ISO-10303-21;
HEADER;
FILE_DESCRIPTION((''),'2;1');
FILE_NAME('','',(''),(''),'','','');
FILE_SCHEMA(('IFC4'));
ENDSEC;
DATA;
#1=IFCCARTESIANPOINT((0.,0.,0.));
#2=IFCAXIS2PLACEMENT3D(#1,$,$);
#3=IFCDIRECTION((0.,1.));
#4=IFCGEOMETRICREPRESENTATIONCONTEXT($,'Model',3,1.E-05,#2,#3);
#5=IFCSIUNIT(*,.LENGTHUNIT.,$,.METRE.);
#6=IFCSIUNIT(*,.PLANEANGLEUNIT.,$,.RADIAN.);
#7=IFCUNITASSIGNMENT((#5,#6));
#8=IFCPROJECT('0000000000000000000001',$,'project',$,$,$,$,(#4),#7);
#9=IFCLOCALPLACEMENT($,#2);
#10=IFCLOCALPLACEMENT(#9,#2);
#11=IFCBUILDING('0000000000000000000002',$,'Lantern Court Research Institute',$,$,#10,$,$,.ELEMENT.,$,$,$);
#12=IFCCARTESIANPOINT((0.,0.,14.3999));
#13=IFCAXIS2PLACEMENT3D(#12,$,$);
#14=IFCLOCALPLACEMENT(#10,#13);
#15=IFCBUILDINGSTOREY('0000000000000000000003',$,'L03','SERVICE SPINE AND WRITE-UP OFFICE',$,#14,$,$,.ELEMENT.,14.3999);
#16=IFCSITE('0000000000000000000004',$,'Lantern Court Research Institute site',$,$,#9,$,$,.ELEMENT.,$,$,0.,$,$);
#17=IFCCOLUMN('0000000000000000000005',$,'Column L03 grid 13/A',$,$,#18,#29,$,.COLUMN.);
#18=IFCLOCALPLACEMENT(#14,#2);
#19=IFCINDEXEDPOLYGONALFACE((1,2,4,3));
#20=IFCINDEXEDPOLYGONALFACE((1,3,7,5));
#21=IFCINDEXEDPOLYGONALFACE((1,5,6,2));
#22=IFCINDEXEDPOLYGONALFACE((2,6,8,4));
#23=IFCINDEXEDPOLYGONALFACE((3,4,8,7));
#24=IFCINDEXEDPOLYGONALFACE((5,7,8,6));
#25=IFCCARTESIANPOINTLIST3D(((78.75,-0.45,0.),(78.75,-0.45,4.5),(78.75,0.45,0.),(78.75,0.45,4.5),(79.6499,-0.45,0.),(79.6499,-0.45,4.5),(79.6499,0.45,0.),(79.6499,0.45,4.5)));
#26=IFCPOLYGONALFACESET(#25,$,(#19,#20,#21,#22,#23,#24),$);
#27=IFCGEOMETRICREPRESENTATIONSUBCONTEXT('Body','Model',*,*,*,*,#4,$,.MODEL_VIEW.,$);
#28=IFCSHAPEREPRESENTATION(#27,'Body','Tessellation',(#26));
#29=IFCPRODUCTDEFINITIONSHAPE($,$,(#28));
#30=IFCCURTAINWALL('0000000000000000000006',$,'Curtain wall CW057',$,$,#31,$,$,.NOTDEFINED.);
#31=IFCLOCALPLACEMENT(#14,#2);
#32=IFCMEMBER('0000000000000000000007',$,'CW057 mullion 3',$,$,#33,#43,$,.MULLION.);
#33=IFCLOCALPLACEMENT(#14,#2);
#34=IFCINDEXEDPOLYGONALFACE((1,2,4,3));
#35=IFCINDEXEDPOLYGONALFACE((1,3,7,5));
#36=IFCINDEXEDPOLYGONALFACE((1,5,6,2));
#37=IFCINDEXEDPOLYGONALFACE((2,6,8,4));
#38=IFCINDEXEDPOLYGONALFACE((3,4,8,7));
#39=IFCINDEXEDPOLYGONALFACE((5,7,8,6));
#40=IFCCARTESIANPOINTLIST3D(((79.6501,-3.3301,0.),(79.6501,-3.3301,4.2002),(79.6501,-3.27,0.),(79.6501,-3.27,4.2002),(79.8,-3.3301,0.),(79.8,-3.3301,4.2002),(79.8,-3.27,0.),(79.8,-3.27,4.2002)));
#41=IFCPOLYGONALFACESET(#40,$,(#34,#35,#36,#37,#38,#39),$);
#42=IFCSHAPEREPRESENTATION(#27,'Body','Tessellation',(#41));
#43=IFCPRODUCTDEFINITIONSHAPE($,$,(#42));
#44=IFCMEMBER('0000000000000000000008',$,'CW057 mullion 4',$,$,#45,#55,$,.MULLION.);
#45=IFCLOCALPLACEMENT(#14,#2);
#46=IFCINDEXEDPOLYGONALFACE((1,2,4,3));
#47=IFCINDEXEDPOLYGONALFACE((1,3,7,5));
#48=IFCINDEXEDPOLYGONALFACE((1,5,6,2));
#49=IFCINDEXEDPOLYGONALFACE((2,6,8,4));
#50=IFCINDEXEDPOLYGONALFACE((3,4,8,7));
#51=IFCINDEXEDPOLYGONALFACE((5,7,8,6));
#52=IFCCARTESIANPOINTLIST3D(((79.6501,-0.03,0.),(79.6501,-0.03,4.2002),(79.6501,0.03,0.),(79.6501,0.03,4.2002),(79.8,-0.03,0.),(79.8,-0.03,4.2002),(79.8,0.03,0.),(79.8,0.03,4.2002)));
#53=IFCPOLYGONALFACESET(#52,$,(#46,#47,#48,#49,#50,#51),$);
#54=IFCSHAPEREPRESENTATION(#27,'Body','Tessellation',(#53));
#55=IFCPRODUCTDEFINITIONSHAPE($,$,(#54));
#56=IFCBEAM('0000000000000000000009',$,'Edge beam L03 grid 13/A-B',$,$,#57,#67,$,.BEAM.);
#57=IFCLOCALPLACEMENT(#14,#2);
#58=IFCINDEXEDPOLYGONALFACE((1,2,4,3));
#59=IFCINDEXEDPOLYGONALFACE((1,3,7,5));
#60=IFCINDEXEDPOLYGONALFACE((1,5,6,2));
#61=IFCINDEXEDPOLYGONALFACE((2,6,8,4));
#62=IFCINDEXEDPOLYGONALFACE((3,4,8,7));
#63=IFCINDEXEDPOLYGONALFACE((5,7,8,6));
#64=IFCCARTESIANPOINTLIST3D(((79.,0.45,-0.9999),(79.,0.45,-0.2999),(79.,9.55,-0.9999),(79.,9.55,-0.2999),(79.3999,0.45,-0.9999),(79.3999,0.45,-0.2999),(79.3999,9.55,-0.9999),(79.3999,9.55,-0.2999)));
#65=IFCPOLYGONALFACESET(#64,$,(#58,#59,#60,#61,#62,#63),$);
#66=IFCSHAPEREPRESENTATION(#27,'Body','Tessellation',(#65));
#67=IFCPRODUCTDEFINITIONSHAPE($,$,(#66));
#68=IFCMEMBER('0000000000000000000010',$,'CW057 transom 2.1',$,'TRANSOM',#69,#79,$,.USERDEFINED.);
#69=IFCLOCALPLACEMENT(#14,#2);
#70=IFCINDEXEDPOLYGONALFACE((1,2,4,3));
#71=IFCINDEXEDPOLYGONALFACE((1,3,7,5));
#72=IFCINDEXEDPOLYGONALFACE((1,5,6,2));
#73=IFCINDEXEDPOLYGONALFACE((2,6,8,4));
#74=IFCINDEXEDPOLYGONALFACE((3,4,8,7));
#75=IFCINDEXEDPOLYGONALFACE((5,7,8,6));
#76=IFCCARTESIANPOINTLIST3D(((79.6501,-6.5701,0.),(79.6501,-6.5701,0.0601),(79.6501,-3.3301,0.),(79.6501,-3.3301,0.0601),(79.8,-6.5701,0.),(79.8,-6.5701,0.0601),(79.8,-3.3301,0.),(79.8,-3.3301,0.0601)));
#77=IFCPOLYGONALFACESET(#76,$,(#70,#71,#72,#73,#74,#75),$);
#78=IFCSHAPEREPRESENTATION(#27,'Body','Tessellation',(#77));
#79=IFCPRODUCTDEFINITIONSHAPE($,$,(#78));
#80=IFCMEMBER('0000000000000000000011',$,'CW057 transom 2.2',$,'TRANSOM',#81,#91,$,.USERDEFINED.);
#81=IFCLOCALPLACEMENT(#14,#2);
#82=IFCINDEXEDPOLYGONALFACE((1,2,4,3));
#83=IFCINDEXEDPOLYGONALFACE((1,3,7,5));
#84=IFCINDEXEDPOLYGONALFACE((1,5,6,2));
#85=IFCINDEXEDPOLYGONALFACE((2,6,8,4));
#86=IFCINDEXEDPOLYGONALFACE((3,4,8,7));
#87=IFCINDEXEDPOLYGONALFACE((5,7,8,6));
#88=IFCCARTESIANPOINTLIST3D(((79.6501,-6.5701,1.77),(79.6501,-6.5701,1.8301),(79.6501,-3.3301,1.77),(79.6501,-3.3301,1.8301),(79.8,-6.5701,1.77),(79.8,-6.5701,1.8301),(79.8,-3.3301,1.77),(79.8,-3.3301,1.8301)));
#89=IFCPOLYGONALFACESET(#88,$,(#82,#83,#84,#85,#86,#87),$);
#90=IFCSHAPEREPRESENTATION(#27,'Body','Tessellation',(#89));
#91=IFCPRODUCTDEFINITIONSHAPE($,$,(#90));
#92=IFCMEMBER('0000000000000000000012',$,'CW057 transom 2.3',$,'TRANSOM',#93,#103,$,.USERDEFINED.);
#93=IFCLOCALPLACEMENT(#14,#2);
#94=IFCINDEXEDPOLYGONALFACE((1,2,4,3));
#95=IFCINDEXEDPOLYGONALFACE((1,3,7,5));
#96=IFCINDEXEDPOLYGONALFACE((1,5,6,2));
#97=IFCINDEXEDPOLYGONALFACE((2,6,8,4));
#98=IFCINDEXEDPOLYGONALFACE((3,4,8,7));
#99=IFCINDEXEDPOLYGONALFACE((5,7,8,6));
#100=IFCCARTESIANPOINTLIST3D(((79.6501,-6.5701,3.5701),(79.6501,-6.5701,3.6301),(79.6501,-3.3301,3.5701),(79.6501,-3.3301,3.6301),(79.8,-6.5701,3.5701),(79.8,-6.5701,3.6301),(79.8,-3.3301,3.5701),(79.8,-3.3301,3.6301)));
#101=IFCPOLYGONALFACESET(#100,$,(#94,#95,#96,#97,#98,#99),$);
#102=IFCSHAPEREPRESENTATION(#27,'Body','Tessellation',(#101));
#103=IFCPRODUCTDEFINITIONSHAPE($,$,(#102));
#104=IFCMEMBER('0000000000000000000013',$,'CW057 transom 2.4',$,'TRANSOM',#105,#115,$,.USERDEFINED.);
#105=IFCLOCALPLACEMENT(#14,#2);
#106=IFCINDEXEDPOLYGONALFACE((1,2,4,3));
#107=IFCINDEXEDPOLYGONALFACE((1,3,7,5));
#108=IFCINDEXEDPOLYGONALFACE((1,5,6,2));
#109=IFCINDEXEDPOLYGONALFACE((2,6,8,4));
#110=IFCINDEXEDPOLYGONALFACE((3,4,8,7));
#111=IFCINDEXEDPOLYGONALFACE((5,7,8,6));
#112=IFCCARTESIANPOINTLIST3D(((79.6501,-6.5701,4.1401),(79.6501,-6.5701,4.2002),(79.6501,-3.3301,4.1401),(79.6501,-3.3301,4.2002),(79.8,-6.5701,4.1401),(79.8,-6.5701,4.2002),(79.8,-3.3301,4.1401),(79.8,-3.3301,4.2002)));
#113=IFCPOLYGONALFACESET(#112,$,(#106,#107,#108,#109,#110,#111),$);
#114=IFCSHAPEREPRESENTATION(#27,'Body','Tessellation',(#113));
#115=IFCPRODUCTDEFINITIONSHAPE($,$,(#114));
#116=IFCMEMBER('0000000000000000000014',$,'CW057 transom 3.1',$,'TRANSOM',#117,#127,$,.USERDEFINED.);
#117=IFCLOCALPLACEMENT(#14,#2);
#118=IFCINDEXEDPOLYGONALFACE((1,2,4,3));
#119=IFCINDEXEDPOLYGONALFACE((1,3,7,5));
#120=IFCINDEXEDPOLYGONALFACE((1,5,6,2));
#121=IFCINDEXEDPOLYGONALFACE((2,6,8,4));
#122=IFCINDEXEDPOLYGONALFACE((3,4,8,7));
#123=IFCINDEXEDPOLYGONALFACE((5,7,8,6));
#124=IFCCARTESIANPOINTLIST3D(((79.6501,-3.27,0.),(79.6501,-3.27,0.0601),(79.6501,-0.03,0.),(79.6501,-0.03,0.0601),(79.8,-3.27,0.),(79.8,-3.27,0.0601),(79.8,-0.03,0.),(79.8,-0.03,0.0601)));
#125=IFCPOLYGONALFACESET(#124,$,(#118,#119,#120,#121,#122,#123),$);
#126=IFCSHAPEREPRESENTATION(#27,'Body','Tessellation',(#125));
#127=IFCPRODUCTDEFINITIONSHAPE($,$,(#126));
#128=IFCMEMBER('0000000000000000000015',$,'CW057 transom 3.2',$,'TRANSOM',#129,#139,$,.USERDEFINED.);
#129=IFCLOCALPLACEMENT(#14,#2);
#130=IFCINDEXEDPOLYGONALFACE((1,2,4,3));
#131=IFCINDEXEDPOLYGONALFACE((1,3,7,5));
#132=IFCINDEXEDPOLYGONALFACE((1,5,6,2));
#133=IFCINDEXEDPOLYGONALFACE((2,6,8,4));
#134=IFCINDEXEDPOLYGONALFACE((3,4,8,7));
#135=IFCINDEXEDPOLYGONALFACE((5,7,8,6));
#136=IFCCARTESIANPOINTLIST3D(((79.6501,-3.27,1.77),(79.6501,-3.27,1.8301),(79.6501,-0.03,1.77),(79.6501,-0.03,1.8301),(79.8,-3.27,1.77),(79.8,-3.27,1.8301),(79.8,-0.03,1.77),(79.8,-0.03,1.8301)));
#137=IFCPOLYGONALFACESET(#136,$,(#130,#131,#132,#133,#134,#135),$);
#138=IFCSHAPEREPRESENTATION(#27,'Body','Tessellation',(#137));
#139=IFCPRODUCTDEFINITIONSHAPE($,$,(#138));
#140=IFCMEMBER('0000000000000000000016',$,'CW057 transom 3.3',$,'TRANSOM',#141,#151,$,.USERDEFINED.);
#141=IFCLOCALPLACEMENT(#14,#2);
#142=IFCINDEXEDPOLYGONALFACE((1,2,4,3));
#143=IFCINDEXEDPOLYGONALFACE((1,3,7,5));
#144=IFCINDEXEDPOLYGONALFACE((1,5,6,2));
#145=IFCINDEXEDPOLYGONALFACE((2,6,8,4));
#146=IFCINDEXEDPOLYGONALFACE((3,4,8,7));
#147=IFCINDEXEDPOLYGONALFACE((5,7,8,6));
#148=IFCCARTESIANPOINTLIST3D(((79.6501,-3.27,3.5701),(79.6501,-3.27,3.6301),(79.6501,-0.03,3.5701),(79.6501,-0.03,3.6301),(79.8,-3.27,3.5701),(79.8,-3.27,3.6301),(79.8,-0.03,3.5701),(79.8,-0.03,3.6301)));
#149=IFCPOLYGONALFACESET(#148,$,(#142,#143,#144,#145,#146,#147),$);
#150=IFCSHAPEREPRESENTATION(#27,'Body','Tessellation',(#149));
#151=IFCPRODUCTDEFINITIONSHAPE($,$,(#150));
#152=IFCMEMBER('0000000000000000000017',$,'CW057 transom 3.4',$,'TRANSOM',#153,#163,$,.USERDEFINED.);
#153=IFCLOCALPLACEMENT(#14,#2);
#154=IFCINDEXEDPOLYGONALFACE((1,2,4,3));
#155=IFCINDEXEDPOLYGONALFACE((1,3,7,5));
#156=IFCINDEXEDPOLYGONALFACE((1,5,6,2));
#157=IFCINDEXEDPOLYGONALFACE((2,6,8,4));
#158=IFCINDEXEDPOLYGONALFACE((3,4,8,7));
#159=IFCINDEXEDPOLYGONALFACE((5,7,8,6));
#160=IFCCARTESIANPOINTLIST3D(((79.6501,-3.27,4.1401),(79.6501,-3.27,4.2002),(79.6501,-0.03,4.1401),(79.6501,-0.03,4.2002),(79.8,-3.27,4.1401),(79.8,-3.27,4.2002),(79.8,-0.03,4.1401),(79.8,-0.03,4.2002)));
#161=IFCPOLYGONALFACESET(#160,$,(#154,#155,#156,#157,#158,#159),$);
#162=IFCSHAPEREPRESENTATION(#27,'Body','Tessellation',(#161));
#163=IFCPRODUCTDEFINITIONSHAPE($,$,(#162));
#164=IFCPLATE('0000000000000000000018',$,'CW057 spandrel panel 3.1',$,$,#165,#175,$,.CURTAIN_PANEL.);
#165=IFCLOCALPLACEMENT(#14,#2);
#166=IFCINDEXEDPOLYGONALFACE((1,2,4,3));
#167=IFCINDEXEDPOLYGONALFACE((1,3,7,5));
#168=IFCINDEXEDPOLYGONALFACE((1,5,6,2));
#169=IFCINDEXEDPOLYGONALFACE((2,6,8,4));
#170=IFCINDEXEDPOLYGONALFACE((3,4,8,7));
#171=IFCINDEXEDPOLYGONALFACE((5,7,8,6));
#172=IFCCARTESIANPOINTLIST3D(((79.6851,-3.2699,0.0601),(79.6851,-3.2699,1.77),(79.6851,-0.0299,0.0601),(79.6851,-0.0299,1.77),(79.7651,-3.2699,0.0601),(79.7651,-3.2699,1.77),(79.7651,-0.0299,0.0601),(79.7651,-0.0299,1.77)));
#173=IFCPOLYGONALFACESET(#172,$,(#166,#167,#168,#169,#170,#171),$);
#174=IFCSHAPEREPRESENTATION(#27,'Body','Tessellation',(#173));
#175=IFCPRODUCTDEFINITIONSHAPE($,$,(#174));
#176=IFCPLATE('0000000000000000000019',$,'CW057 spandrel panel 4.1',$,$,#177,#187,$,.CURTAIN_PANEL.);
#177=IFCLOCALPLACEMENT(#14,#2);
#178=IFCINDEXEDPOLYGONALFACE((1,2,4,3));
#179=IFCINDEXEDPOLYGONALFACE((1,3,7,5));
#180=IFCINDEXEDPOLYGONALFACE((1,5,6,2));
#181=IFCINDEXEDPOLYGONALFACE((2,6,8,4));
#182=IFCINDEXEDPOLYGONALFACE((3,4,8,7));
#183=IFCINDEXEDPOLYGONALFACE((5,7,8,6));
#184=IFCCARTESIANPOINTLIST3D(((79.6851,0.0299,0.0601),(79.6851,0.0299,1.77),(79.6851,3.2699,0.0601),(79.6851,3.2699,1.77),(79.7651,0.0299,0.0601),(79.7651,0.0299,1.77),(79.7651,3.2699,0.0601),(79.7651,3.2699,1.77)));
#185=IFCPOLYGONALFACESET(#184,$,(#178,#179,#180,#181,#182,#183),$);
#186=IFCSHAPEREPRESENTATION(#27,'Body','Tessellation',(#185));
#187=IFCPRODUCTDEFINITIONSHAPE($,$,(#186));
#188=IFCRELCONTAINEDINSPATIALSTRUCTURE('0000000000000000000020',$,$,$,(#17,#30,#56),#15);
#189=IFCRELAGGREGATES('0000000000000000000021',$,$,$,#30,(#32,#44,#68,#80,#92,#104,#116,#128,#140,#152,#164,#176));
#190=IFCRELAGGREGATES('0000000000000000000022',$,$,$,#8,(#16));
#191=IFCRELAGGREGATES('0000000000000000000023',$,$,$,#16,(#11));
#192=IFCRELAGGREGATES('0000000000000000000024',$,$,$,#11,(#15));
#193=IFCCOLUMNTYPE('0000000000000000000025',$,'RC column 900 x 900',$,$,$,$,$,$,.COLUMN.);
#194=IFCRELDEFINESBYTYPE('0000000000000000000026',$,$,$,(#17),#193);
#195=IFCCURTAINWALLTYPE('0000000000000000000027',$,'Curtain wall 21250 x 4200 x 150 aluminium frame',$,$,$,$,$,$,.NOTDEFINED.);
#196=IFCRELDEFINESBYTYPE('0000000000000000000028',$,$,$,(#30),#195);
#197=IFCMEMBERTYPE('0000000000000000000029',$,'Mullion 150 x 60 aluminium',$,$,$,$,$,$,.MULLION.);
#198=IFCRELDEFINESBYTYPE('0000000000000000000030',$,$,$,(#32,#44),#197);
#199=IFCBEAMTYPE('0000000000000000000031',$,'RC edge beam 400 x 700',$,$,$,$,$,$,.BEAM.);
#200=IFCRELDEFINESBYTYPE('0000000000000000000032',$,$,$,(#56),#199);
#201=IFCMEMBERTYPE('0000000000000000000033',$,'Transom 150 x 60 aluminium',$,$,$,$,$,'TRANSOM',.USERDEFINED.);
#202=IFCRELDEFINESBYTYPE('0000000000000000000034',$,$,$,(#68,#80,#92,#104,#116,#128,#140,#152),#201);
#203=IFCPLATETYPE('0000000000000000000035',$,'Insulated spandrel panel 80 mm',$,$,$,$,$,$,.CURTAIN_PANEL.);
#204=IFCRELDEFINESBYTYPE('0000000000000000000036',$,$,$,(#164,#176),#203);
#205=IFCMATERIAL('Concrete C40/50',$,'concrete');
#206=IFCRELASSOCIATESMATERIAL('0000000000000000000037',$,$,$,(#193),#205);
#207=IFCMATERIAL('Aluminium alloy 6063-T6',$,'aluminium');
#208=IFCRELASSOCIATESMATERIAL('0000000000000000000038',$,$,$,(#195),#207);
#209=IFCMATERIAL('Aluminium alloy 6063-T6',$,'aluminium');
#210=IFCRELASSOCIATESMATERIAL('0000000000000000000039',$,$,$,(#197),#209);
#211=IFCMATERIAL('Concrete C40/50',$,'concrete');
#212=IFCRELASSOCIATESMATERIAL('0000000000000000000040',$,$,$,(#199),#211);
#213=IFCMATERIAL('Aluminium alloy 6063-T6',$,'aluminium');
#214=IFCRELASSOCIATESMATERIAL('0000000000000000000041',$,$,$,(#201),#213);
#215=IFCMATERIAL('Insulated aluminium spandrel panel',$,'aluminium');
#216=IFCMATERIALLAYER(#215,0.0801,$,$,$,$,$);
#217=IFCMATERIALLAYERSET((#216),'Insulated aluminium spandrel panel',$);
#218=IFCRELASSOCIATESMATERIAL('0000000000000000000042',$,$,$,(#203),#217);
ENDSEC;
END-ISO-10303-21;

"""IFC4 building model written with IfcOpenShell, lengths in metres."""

from ifc_helpers import new_model, si_unit, direction, frame, origin, origin_2d, place, context, subcontext, project, spatial, rectangle, extrude, material, layer, layer_set, material_profile, profile_set, type_object, element, aggregate, save


model = new_model("IFC4")

# Units and contexts
model_context = context("Model", 3, precision=1e-05, world=origin(), true_north=direction((0.0, 1.0)))
body_context = subcontext(model_context, "Body", "Model", "MODEL_VIEW")
ifc_project = project(units=[si_unit("LENGTHUNIT", "METRE"), si_unit("PLANEANGLEUNIT", "RADIAN")], contexts=[model_context])

# Site, building, storey
site_placement = place(None, origin())
site = spatial("IfcSite", under=ifc_project, at=site_placement, Name="Lantern Court Research Institute site", CompositionType="ELEMENT", RefElevation=0.0)
building_placement = place(site_placement, origin())
building = spatial("IfcBuilding", under=site, at=building_placement, Name="Lantern Court Research Institute", CompositionType="ELEMENT")
storey_placement = place(building_placement, frame((0.0, 0.0, 14.3999)))
storey = spatial("IfcBuildingStorey", under=building, at=storey_placement, Name="L03", Description="SERVICE SPINE AND WRITE-UP OFFICE", CompositionType="ELEMENT", Elevation=14.3999)

# Column
ifc_material_1 = material(Name="Concrete C40/50", Category="concrete")
ifc_material_profile_1 = material_profile(ifc_material_1, rectangle(XDim=0.8999, YDim=0.8999, at=origin_2d()), Name="RC column 900 x 900")
ifc_profile_set_1 = profile_set([ifc_material_profile_1], Name="Concrete C40/50")
column_type = type_object("IfcColumnType", Name="RC column 900 x 900", PredefinedType="COLUMN", material=ifc_profile_set_1)
column_placement = place(storey_placement, frame((79.2, 0.0, 0.0), z_axis=(0.0, 0.0, 1.0), x_axis=(1.0, 0.0, 0.0)))
element("IfcColumn", 1, at=column_placement, inside=storey, type_object=column_type, Name="Column L03 grid 13/A", PredefinedType="COLUMN", context=body_context, shape_type="SweptSolid", body=[
    extrude(rectangle(XDim=0.8999, YDim=0.8999, at=origin_2d()), origin(), (0.0, 0.0, 1.0), 4.5),
])

# Curtain wall, members
ifc_material_2 = material(Name="Aluminium alloy 6063-T6", Category="aluminium")
curtain_wall_type = type_object("IfcCurtainWallType", Name="Curtain wall 21250 x 4200 x 150 aluminium frame", PredefinedType="NOTDEFINED", material=ifc_material_2)
curtain_wall_placement = place(storey_placement, origin())
curtain_wall = element("IfcCurtainWall", 2, at=curtain_wall_placement, inside=storey, type_object=curtain_wall_type, Name="Curtain wall CW057", PredefinedType="NOTDEFINED")
ifc_material_3 = material(Name="Aluminium alloy 6063-T6", Category="aluminium")
ifc_material_profile_2 = material_profile(ifc_material_3, rectangle(XDim=0.1499, YDim=0.0601, at=origin_2d()), Name="Mullion 150 x 60")
ifc_profile_set_2 = profile_set([ifc_material_profile_2], Name="Aluminium alloy 6063-T6")
member_type_1 = type_object("IfcMemberType", Name="Mullion 150 x 60 aluminium", PredefinedType="MULLION", material=ifc_profile_set_2)
member_1_placement = place(storey_placement, frame((79.7251, -3.3, 0.0), z_axis=(0.0, 0.0, 1.0), x_axis=(1.0, 0.0, 0.0)))
member_1 = element("IfcMember", 3, at=member_1_placement, type_object=member_type_1, Name="CW057 mullion 3", PredefinedType="MULLION", context=body_context, shape_type="SweptSolid", body=[
    extrude(rectangle(XDim=0.1499, YDim=0.0601, at=origin_2d()), origin(), (0.0, 0.0, 1.0), 4.2002),
])
member_2_placement = place(storey_placement, frame((79.7251, 0.0, 0.0), z_axis=(0.0, 0.0, 1.0), x_axis=(1.0, 0.0, 0.0)))
member_2 = element("IfcMember", 4, at=member_2_placement, type_object=member_type_1, Name="CW057 mullion 4", PredefinedType="MULLION", context=body_context, shape_type="SweptSolid", body=[
    extrude(rectangle(XDim=0.1499, YDim=0.0601, at=origin_2d()), origin(), (0.0, 0.0, 1.0), 4.2002),
])

# Beam
ifc_material_4 = material(Name="Concrete C40/50", Category="concrete")
ifc_material_profile_3 = material_profile(ifc_material_4, rectangle(XDim=0.3999, YDim=0.7, at=origin_2d()), Name="RC beam 400 x 700")
ifc_profile_set_3 = profile_set([ifc_material_profile_3], Name="Concrete C40/50")
beam_type = type_object("IfcBeamType", Name="RC edge beam 400 x 700", PredefinedType="BEAM", material=ifc_profile_set_3)
beam_placement = place(storey_placement, frame((79.2, 0.45, -0.6499), z_axis=(0.0, 1.0, 0.0), x_axis=(-1.0, 0.0, 0.0)))
element("IfcBeam", 5, at=beam_placement, inside=storey, type_object=beam_type, Name="Edge beam L03 grid 13/A-B", PredefinedType="BEAM", context=body_context, shape_type="SweptSolid", body=[
    extrude(rectangle(XDim=0.3999, YDim=0.7, at=origin_2d()), origin(), (0.0, 0.0, 1.0), 9.1001),
])

# Members
ifc_material_5 = material(Name="Aluminium alloy 6063-T6", Category="aluminium")
ifc_material_profile_4 = material_profile(ifc_material_5, rectangle(XDim=0.1499, YDim=0.0601, at=origin_2d()), Name="Transom 150 x 60")
ifc_profile_set_4 = profile_set([ifc_material_profile_4], Name="Aluminium alloy 6063-T6")
member_type_2 = type_object("IfcMemberType", Name="Transom 150 x 60 aluminium", ElementType="TRANSOM", PredefinedType="USERDEFINED", material=ifc_profile_set_4)
member_3_placement = place(storey_placement, frame((79.7251, -3.3301, 0.03), z_axis=(0.0, -1.0, 0.0), x_axis=(1.0, 0.0, 0.0)))
member_3 = element("IfcMember", 6, at=member_3_placement, type_object=member_type_2, Name="CW057 transom 2.1", ObjectType="TRANSOM", PredefinedType="USERDEFINED", context=body_context, shape_type="SweptSolid", body=[
    extrude(rectangle(XDim=0.1499, YDim=0.0601, at=origin_2d()), origin(), (0.0, 0.0, 1.0), 3.24),
])
member_4_placement = place(storey_placement, frame((79.7251, -3.3301, 1.8), z_axis=(0.0, -1.0, 0.0), x_axis=(1.0, 0.0, 0.0)))
member_4 = element("IfcMember", 7, at=member_4_placement, type_object=member_type_2, Name="CW057 transom 2.2", ObjectType="TRANSOM", PredefinedType="USERDEFINED", context=body_context, shape_type="SweptSolid", body=[
    extrude(rectangle(XDim=0.1499, YDim=0.0601, at=origin_2d()), origin(), (0.0, 0.0, 1.0), 3.24),
])
member_5_placement = place(storey_placement, frame((79.7251, -3.3301, 3.6001), z_axis=(0.0, -1.0, 0.0), x_axis=(1.0, 0.0, 0.0)))
member_5 = element("IfcMember", 8, at=member_5_placement, type_object=member_type_2, Name="CW057 transom 2.3", ObjectType="TRANSOM", PredefinedType="USERDEFINED", context=body_context, shape_type="SweptSolid", body=[
    extrude(rectangle(XDim=0.1499, YDim=0.0601, at=origin_2d()), origin(), (0.0, 0.0, 1.0), 3.24),
])
member_6_placement = place(storey_placement, frame((79.7251, -3.3301, 4.1702), z_axis=(0.0, -1.0, 0.0), x_axis=(1.0, 0.0, 0.0)))
member_6 = element("IfcMember", 9, at=member_6_placement, type_object=member_type_2, Name="CW057 transom 2.4", ObjectType="TRANSOM", PredefinedType="USERDEFINED", context=body_context, shape_type="SweptSolid", body=[
    extrude(rectangle(XDim=0.1499, YDim=0.0601, at=origin_2d()), origin(), (0.0, 0.0, 1.0), 3.24),
])
member_7_placement = place(storey_placement, frame((79.7251, -0.03, 0.03), z_axis=(0.0, -1.0, 0.0), x_axis=(1.0, 0.0, 0.0)))
member_7 = element("IfcMember", 10, at=member_7_placement, type_object=member_type_2, Name="CW057 transom 3.1", ObjectType="TRANSOM", PredefinedType="USERDEFINED", context=body_context, shape_type="SweptSolid", body=[
    extrude(rectangle(XDim=0.1499, YDim=0.0601, at=origin_2d()), origin(), (0.0, 0.0, 1.0), 3.24),
])
member_8_placement = place(storey_placement, frame((79.7251, -0.03, 1.8), z_axis=(0.0, -1.0, 0.0), x_axis=(1.0, 0.0, 0.0)))
member_8 = element("IfcMember", 11, at=member_8_placement, type_object=member_type_2, Name="CW057 transom 3.2", ObjectType="TRANSOM", PredefinedType="USERDEFINED", context=body_context, shape_type="SweptSolid", body=[
    extrude(rectangle(XDim=0.1499, YDim=0.0601, at=origin_2d()), origin(), (0.0, 0.0, 1.0), 3.24),
])
member_9_placement = place(storey_placement, frame((79.7251, -0.03, 3.6001), z_axis=(0.0, -1.0, 0.0), x_axis=(1.0, 0.0, 0.0)))
member_9 = element("IfcMember", 12, at=member_9_placement, type_object=member_type_2, Name="CW057 transom 3.3", ObjectType="TRANSOM", PredefinedType="USERDEFINED", context=body_context, shape_type="SweptSolid", body=[
    extrude(rectangle(XDim=0.1499, YDim=0.0601, at=origin_2d()), origin(), (0.0, 0.0, 1.0), 3.24),
])
member_10_placement = place(storey_placement, frame((79.7251, -0.03, 4.1702), z_axis=(0.0, -1.0, 0.0), x_axis=(1.0, 0.0, 0.0)))
member_10 = element("IfcMember", 13, at=member_10_placement, type_object=member_type_2, Name="CW057 transom 3.4", ObjectType="TRANSOM", PredefinedType="USERDEFINED", context=body_context, shape_type="SweptSolid", body=[
    extrude(rectangle(XDim=0.1499, YDim=0.0601, at=origin_2d()), origin(), (0.0, 0.0, 1.0), 3.24),
])

# Plates
ifc_material_6 = material(Name="Insulated aluminium spandrel panel", Category="aluminium")
ifc_layer_1 = layer(ifc_material_6, 0.0801)
ifc_layer_set_1 = layer_set([ifc_layer_1], Name="Insulated aluminium spandrel panel")
plate_type_1 = type_object("IfcPlateType", Name="Insulated spandrel panel 80 mm", PredefinedType="CURTAIN_PANEL", material=ifc_layer_set_1)
plate_1_placement = place(storey_placement, frame((79.7251, -1.6499, 0.0601), z_axis=(0.0, 0.0, 1.0), x_axis=(0.0, -1.0, 0.0)))
plate_1 = element("IfcPlate", 14, at=plate_1_placement, type_object=plate_type_1, Name="CW057 spandrel panel 3.1", PredefinedType="CURTAIN_PANEL", context=body_context, shape_type="SweptSolid", body=[
    extrude(rectangle(XDim=3.24, YDim=0.0801, at=origin_2d()), origin(), (0.0, 0.0, 1.0), 1.71),
])
plate_2_placement = place(storey_placement, frame((79.7251, 1.6499, 0.0601), z_axis=(0.0, 0.0, 1.0), x_axis=(0.0, -1.0, 0.0)))
plate_2 = element("IfcPlate", 15, at=plate_2_placement, type_object=plate_type_1, Name="CW057 spandrel panel 4.1", PredefinedType="CURTAIN_PANEL", context=body_context, shape_type="SweptSolid", body=[
    extrude(rectangle(XDim=3.24, YDim=0.0801, at=origin_2d()), origin(), (0.0, 0.0, 1.0), 1.71),
])
aggregate(curtain_wall, [member_1, member_2, member_3, member_4, member_5, member_6, member_7, member_8, member_9, member_10, plate_1, plate_2])

save(model, "model.ifc")
